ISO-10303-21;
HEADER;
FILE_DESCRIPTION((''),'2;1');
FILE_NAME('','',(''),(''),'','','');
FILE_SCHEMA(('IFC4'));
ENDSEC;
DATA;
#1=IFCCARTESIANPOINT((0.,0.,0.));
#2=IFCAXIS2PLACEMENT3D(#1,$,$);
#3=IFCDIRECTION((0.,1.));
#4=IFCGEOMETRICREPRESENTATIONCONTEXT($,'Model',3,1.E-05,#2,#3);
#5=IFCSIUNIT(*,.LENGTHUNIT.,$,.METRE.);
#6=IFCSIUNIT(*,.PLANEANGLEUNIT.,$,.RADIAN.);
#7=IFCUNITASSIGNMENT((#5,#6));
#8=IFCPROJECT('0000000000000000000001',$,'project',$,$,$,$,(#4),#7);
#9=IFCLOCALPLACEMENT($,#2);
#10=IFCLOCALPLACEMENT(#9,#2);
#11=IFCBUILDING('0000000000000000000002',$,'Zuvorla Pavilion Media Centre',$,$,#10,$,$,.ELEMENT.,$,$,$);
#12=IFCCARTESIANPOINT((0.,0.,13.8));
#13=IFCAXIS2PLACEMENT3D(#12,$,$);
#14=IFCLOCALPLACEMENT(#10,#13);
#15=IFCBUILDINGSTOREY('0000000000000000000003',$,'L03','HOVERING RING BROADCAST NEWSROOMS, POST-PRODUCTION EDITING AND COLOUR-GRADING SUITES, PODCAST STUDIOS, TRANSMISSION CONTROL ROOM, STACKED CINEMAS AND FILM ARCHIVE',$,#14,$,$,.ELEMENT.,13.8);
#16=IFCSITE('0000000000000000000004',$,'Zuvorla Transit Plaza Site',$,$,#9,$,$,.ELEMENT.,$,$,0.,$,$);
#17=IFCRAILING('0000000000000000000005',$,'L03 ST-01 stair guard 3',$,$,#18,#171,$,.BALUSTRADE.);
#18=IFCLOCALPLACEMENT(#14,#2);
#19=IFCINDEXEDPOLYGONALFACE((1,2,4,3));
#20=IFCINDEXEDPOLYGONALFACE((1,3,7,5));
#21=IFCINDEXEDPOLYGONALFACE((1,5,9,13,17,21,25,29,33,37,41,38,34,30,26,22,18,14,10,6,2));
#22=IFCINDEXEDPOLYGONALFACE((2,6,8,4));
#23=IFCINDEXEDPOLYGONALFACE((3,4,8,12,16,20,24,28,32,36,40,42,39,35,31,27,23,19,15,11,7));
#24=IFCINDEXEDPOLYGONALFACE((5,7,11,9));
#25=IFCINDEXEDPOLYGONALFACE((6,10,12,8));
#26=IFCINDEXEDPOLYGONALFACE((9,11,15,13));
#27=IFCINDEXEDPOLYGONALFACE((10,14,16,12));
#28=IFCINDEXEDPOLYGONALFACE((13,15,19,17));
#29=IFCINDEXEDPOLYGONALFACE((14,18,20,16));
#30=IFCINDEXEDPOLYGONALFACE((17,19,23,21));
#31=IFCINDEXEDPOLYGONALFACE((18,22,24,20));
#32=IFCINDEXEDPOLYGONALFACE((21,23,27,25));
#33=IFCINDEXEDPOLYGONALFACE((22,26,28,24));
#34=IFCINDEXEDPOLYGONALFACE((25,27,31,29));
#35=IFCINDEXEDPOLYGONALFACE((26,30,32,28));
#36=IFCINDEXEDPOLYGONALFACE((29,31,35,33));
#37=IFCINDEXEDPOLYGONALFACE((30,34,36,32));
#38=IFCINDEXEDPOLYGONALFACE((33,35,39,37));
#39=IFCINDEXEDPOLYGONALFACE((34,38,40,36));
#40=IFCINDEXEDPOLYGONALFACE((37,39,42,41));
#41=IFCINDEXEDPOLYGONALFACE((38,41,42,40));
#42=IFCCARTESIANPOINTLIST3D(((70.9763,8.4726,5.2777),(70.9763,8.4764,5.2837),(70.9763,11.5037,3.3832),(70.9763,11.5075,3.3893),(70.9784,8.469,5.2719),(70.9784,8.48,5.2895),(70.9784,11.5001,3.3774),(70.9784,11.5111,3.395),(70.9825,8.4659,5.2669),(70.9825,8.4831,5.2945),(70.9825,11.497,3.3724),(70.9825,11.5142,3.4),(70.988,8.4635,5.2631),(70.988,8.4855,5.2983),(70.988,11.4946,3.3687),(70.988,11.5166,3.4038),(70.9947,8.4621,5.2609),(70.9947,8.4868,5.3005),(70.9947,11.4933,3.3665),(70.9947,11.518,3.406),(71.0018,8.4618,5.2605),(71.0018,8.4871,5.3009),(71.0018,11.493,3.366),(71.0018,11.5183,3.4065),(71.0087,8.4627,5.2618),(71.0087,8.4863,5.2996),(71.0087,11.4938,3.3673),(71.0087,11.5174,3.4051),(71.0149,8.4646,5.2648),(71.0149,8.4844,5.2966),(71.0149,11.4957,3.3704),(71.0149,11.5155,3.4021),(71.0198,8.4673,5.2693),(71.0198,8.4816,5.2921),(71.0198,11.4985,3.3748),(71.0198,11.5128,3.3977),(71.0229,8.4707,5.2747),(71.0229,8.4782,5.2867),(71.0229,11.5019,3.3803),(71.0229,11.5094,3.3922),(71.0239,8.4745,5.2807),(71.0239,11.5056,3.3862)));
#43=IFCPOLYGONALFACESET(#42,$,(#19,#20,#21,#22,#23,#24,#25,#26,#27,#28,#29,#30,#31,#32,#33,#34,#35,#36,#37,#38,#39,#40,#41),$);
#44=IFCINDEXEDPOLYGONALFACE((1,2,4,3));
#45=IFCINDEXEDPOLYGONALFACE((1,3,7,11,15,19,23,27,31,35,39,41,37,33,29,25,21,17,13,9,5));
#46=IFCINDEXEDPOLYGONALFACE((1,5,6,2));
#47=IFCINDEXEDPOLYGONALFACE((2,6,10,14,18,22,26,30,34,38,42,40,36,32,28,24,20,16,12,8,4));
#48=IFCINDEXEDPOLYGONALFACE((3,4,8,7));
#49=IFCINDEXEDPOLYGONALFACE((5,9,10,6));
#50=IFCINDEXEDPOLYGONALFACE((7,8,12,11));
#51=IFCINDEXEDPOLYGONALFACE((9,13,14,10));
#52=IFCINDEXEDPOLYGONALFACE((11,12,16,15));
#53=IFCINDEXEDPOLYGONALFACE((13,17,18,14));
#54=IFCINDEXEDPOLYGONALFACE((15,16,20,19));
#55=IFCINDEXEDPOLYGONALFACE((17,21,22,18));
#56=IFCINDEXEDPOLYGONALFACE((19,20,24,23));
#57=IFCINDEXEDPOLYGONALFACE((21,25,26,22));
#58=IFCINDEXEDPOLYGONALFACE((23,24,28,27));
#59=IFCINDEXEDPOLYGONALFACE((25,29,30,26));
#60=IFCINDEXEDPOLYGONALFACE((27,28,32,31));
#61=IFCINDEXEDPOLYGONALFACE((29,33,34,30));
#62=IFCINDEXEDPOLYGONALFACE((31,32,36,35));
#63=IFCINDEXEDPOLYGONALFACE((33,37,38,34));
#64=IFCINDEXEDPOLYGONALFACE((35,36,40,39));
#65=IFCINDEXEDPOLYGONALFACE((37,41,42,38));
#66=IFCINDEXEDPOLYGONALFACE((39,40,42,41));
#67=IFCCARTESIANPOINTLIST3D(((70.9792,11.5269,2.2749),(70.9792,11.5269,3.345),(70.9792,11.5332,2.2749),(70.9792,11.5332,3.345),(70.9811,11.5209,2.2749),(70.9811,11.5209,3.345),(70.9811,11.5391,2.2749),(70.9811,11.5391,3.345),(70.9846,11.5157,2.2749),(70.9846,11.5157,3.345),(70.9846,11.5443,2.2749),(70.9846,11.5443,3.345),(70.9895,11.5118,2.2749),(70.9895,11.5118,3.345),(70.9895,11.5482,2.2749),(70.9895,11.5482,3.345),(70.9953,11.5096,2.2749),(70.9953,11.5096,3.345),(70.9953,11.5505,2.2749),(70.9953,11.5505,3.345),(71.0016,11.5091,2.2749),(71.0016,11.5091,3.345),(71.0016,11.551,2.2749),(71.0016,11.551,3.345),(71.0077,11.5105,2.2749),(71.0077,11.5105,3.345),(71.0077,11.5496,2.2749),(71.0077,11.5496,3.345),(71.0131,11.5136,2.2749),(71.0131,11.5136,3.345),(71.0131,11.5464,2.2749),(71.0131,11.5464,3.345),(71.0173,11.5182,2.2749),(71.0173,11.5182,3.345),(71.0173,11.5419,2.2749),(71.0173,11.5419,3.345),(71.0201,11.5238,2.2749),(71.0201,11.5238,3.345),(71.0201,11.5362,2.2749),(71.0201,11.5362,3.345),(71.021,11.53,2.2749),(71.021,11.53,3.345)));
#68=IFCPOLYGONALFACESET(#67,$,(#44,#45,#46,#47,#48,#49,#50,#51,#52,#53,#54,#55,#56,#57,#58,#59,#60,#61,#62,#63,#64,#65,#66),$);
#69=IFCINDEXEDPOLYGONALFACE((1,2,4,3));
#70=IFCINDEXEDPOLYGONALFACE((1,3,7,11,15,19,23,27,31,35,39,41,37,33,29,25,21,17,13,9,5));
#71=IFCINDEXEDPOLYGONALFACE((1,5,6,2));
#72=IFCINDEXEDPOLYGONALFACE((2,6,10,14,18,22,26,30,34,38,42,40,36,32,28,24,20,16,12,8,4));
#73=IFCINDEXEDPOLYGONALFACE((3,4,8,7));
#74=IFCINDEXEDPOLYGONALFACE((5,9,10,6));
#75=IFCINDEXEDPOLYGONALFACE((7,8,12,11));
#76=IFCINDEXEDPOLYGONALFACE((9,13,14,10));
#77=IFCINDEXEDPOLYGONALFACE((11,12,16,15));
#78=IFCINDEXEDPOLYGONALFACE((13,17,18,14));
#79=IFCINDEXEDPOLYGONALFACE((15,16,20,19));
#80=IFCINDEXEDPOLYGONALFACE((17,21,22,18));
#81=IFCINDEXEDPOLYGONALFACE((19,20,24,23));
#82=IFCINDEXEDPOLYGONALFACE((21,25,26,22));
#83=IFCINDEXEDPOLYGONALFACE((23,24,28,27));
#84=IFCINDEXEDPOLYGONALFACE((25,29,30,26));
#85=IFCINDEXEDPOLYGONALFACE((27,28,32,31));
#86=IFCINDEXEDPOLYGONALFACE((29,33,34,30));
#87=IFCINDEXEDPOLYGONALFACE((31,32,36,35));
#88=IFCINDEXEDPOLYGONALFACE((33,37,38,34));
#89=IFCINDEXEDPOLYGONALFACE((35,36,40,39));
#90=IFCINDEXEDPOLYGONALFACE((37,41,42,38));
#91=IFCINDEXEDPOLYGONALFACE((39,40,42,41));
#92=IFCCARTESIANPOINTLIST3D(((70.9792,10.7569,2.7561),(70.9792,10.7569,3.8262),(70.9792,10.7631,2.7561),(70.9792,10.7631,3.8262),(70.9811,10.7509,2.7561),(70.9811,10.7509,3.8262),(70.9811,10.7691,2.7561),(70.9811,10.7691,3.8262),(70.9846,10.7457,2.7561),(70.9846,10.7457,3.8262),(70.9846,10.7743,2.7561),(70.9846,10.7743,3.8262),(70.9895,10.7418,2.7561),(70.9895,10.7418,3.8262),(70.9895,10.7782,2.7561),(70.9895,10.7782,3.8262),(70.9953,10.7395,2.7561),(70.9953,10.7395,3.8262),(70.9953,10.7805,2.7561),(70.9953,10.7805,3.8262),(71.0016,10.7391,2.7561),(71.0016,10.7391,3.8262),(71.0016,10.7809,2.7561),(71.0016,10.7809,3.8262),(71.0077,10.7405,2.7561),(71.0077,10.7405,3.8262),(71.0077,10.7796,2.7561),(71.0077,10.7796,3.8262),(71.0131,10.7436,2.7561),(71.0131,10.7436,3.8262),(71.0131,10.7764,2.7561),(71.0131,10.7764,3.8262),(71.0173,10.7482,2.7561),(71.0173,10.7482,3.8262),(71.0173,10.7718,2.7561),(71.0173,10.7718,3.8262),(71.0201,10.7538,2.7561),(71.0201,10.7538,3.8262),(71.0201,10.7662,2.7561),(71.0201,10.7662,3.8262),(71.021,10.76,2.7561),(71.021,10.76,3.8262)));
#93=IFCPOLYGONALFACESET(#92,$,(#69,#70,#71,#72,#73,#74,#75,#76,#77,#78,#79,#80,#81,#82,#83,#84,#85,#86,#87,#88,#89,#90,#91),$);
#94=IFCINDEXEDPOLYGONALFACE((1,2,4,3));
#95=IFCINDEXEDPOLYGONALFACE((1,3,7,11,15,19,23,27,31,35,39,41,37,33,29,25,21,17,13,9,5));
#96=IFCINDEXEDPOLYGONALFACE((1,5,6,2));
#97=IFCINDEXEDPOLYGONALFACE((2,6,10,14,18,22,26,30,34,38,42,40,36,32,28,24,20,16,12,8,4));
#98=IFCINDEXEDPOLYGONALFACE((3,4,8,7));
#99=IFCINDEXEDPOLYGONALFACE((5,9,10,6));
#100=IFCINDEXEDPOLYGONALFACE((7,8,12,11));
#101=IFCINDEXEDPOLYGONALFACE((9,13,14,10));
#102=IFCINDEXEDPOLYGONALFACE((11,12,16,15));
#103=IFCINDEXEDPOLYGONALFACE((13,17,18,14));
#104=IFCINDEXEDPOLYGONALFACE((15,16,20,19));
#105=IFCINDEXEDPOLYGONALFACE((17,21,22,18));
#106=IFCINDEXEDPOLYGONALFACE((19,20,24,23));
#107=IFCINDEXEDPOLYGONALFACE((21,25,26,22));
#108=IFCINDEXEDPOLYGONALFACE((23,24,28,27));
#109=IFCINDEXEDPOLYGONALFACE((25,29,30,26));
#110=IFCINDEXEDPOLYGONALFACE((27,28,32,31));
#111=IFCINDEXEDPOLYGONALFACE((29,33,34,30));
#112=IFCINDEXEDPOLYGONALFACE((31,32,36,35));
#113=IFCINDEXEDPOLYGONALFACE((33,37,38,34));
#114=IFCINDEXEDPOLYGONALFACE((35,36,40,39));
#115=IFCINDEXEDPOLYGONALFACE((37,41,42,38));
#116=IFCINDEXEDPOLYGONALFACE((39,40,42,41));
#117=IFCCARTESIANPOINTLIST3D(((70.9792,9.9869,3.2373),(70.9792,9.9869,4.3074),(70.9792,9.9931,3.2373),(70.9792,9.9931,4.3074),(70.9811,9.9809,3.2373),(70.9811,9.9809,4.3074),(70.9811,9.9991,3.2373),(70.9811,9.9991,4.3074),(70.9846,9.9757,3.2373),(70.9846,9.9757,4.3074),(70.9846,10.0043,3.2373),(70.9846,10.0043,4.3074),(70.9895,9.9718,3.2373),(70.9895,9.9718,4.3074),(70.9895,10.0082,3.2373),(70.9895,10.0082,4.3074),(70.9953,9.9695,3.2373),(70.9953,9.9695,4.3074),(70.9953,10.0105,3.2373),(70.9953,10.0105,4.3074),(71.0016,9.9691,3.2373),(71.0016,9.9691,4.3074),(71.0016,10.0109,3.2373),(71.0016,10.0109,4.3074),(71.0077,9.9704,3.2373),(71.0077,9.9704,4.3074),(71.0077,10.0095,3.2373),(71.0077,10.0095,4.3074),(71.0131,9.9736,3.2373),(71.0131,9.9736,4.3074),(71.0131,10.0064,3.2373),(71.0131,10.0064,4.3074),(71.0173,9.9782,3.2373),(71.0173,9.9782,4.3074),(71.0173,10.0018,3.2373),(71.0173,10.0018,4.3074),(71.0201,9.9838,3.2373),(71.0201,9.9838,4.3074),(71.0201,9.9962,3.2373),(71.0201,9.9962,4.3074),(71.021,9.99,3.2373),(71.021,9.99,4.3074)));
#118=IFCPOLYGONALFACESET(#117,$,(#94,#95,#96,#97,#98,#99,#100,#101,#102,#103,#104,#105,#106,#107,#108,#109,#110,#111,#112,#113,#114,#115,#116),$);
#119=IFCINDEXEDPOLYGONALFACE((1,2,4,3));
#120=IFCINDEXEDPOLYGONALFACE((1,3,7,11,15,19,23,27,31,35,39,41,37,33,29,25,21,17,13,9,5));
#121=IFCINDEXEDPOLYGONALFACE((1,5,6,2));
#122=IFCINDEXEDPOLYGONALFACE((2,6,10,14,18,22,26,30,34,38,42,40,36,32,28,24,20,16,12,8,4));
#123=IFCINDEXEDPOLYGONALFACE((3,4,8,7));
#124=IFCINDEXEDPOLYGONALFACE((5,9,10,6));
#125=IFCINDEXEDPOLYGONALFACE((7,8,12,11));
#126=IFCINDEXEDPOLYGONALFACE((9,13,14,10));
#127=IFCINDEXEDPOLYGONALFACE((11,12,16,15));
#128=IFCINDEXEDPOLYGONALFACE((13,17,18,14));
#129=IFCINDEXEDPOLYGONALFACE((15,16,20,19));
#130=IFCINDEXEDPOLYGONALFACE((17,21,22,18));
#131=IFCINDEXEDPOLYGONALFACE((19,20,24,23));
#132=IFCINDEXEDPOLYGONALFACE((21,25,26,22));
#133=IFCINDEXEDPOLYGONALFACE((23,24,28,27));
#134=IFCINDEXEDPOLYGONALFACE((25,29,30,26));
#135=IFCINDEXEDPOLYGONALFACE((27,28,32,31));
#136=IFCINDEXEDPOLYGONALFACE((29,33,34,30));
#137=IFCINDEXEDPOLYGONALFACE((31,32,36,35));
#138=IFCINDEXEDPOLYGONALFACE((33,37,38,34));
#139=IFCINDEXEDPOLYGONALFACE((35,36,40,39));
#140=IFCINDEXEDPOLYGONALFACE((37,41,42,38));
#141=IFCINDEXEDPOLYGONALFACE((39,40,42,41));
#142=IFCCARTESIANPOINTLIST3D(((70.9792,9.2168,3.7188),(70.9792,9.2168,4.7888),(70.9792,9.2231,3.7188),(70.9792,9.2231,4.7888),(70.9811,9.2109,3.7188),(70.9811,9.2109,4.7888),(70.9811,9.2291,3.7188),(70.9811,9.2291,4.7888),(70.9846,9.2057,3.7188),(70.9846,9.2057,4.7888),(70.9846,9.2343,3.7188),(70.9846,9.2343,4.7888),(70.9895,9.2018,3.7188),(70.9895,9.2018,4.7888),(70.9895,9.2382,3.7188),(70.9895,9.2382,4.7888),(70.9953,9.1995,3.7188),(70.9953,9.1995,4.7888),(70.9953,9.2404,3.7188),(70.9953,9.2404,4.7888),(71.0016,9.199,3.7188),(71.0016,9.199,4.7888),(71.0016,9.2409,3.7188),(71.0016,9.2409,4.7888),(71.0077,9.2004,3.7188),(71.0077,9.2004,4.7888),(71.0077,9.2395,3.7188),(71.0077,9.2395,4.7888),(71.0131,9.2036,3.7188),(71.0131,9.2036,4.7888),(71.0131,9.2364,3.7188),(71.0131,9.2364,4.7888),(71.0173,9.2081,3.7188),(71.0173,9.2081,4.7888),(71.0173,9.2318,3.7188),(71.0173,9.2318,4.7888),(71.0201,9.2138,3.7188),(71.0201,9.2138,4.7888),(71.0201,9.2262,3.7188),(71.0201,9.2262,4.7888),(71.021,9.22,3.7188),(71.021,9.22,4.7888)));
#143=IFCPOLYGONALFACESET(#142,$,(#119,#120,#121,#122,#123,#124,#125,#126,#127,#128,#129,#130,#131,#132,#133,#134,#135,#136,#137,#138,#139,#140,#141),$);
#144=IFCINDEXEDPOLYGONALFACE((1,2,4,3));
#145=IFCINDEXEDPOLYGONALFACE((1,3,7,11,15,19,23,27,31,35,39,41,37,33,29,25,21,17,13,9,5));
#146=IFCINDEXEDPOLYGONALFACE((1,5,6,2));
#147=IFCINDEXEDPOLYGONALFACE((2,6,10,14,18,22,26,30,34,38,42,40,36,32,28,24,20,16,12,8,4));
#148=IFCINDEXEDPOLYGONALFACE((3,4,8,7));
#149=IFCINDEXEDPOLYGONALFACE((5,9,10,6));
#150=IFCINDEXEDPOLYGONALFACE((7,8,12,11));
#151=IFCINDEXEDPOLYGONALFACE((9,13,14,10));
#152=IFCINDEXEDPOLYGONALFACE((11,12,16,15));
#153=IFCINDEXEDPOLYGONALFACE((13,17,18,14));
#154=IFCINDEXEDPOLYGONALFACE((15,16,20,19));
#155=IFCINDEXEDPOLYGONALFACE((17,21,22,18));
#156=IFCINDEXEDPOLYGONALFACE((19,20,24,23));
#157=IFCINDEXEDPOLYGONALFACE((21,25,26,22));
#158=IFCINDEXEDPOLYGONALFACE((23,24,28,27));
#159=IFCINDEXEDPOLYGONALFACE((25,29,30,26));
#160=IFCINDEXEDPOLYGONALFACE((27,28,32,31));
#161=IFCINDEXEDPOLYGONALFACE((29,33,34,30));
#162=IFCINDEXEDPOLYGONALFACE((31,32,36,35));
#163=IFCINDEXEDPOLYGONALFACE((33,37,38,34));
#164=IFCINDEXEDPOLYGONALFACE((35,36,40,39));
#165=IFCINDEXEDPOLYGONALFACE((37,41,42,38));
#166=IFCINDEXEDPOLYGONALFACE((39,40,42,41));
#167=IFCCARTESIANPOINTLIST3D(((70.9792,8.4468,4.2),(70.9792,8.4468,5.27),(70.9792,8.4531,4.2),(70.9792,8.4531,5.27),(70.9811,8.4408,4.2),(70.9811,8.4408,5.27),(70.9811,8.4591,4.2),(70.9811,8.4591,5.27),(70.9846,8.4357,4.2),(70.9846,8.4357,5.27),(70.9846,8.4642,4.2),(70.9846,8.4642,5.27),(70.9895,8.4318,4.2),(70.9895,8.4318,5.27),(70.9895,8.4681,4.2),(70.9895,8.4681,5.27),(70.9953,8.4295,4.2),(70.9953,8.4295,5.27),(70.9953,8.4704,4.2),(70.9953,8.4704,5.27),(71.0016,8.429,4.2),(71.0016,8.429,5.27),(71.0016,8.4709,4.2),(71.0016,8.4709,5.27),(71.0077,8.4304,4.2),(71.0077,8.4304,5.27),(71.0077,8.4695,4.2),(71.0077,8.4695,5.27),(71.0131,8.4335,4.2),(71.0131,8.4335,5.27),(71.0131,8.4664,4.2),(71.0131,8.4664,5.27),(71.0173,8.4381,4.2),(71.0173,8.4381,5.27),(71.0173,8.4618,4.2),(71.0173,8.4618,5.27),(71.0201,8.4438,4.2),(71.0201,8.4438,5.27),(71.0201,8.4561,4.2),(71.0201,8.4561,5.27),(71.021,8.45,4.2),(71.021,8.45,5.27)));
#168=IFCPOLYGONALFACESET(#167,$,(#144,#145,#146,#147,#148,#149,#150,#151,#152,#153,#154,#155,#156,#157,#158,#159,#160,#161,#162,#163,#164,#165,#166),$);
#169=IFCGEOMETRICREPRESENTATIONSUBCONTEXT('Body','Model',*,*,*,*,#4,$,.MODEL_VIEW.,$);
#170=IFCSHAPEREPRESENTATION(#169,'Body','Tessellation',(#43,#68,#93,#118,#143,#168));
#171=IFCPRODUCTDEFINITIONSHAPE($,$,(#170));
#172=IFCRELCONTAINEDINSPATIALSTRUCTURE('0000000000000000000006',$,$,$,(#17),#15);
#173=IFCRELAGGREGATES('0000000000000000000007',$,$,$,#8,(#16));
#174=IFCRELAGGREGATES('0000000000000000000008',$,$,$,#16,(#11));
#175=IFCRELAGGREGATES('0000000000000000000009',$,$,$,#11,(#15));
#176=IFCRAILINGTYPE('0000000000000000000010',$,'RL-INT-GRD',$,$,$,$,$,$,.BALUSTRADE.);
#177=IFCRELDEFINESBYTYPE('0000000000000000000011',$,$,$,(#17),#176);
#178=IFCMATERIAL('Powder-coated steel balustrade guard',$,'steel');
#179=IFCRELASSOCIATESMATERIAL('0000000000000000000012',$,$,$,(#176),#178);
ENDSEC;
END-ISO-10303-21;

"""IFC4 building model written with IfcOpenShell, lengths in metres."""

from ifc_helpers import new_model, si_unit, direction, frame, origin, origin_2d, place, context, subcontext, project, spatial, circle, extrude, material, type_object, element, save


model = new_model("IFC4")

# Units and contexts
model_context = context("Model", 3, precision=1e-05, world=origin(), true_north=direction((0.0, 1.0)))
body_context = subcontext(model_context, "Body", "Model", "MODEL_VIEW")
ifc_project = project(units=[si_unit("LENGTHUNIT", "METRE"), si_unit("PLANEANGLEUNIT", "RADIAN")], contexts=[model_context])

# Site, building, storey
site_placement = place(None, origin())
site = spatial("IfcSite", under=ifc_project, at=site_placement, Name="Zuvorla Transit Plaza Site", CompositionType="ELEMENT", RefElevation=0.0)
building_placement = place(site_placement, origin())
building = spatial("IfcBuilding", under=site, at=building_placement, Name="Zuvorla Pavilion Media Centre", CompositionType="ELEMENT")
storey_placement = place(building_placement, frame((0.0, 0.0, 13.8)))
storey = spatial("IfcBuildingStorey", under=building, at=storey_placement, Name="L03", Description="HOVERING RING BROADCAST NEWSROOMS, POST-PRODUCTION EDITING AND COLOUR-GRADING SUITES, PODCAST STUDIOS, TRANSMISSION CONTROL ROOM, STACKED CINEMAS AND FILM ARCHIVE", CompositionType="ELEMENT", Elevation=13.8)

# Railing
ifc_material_1 = material(Name="Powder-coated steel balustrade guard", Category="steel")
railing_type_1 = type_object("IfcRailingType", Name="RL-INT-GRD", PredefinedType="BALUSTRADE", material=ifc_material_1)
railing_1_placement = place(storey_placement, frame((71.0, 11.53, 2.2749)))
element("IfcRailing", 1, at=railing_1_placement, inside=storey, type_object=railing_type_1, Name="L03 ST-01 stair guard 3", PredefinedType="BALUSTRADE", context=body_context, shape_type="SweptSolid", body=[
    extrude(circle(Radius=0.0239, at=origin_2d()), frame((0.0, -0.0244, 1.1113), z_axis=(0.0, -0.847998, 0.529999), x_axis=(1.0, 0.0, 0.0)), (0.0, 0.0, 1.0), 3.5745),
    extrude(circle(Radius=0.021, at=origin_2d()), origin(), (0.0, 0.0, 1.0), 1.0701),
    extrude(circle(Radius=0.021, at=origin_2d()), frame((0.0, -0.77, 0.4812)), (0.0, 0.0, 1.0), 1.0701),
    extrude(circle(Radius=0.021, at=origin_2d()), frame((0.0, -1.54, 0.9624)), (0.0, 0.0, 1.0), 1.0701),
    extrude(circle(Radius=0.021, at=origin_2d()), frame((0.0, -2.3101, 1.4438)), (0.0, 0.0, 1.0), 1.0701),
    extrude(circle(Radius=0.021, at=origin_2d()), frame((0.0, -3.0801, 1.925)), (0.0, 0.0, 1.0), 1.0701),
])

save(model, "model.ifc")
